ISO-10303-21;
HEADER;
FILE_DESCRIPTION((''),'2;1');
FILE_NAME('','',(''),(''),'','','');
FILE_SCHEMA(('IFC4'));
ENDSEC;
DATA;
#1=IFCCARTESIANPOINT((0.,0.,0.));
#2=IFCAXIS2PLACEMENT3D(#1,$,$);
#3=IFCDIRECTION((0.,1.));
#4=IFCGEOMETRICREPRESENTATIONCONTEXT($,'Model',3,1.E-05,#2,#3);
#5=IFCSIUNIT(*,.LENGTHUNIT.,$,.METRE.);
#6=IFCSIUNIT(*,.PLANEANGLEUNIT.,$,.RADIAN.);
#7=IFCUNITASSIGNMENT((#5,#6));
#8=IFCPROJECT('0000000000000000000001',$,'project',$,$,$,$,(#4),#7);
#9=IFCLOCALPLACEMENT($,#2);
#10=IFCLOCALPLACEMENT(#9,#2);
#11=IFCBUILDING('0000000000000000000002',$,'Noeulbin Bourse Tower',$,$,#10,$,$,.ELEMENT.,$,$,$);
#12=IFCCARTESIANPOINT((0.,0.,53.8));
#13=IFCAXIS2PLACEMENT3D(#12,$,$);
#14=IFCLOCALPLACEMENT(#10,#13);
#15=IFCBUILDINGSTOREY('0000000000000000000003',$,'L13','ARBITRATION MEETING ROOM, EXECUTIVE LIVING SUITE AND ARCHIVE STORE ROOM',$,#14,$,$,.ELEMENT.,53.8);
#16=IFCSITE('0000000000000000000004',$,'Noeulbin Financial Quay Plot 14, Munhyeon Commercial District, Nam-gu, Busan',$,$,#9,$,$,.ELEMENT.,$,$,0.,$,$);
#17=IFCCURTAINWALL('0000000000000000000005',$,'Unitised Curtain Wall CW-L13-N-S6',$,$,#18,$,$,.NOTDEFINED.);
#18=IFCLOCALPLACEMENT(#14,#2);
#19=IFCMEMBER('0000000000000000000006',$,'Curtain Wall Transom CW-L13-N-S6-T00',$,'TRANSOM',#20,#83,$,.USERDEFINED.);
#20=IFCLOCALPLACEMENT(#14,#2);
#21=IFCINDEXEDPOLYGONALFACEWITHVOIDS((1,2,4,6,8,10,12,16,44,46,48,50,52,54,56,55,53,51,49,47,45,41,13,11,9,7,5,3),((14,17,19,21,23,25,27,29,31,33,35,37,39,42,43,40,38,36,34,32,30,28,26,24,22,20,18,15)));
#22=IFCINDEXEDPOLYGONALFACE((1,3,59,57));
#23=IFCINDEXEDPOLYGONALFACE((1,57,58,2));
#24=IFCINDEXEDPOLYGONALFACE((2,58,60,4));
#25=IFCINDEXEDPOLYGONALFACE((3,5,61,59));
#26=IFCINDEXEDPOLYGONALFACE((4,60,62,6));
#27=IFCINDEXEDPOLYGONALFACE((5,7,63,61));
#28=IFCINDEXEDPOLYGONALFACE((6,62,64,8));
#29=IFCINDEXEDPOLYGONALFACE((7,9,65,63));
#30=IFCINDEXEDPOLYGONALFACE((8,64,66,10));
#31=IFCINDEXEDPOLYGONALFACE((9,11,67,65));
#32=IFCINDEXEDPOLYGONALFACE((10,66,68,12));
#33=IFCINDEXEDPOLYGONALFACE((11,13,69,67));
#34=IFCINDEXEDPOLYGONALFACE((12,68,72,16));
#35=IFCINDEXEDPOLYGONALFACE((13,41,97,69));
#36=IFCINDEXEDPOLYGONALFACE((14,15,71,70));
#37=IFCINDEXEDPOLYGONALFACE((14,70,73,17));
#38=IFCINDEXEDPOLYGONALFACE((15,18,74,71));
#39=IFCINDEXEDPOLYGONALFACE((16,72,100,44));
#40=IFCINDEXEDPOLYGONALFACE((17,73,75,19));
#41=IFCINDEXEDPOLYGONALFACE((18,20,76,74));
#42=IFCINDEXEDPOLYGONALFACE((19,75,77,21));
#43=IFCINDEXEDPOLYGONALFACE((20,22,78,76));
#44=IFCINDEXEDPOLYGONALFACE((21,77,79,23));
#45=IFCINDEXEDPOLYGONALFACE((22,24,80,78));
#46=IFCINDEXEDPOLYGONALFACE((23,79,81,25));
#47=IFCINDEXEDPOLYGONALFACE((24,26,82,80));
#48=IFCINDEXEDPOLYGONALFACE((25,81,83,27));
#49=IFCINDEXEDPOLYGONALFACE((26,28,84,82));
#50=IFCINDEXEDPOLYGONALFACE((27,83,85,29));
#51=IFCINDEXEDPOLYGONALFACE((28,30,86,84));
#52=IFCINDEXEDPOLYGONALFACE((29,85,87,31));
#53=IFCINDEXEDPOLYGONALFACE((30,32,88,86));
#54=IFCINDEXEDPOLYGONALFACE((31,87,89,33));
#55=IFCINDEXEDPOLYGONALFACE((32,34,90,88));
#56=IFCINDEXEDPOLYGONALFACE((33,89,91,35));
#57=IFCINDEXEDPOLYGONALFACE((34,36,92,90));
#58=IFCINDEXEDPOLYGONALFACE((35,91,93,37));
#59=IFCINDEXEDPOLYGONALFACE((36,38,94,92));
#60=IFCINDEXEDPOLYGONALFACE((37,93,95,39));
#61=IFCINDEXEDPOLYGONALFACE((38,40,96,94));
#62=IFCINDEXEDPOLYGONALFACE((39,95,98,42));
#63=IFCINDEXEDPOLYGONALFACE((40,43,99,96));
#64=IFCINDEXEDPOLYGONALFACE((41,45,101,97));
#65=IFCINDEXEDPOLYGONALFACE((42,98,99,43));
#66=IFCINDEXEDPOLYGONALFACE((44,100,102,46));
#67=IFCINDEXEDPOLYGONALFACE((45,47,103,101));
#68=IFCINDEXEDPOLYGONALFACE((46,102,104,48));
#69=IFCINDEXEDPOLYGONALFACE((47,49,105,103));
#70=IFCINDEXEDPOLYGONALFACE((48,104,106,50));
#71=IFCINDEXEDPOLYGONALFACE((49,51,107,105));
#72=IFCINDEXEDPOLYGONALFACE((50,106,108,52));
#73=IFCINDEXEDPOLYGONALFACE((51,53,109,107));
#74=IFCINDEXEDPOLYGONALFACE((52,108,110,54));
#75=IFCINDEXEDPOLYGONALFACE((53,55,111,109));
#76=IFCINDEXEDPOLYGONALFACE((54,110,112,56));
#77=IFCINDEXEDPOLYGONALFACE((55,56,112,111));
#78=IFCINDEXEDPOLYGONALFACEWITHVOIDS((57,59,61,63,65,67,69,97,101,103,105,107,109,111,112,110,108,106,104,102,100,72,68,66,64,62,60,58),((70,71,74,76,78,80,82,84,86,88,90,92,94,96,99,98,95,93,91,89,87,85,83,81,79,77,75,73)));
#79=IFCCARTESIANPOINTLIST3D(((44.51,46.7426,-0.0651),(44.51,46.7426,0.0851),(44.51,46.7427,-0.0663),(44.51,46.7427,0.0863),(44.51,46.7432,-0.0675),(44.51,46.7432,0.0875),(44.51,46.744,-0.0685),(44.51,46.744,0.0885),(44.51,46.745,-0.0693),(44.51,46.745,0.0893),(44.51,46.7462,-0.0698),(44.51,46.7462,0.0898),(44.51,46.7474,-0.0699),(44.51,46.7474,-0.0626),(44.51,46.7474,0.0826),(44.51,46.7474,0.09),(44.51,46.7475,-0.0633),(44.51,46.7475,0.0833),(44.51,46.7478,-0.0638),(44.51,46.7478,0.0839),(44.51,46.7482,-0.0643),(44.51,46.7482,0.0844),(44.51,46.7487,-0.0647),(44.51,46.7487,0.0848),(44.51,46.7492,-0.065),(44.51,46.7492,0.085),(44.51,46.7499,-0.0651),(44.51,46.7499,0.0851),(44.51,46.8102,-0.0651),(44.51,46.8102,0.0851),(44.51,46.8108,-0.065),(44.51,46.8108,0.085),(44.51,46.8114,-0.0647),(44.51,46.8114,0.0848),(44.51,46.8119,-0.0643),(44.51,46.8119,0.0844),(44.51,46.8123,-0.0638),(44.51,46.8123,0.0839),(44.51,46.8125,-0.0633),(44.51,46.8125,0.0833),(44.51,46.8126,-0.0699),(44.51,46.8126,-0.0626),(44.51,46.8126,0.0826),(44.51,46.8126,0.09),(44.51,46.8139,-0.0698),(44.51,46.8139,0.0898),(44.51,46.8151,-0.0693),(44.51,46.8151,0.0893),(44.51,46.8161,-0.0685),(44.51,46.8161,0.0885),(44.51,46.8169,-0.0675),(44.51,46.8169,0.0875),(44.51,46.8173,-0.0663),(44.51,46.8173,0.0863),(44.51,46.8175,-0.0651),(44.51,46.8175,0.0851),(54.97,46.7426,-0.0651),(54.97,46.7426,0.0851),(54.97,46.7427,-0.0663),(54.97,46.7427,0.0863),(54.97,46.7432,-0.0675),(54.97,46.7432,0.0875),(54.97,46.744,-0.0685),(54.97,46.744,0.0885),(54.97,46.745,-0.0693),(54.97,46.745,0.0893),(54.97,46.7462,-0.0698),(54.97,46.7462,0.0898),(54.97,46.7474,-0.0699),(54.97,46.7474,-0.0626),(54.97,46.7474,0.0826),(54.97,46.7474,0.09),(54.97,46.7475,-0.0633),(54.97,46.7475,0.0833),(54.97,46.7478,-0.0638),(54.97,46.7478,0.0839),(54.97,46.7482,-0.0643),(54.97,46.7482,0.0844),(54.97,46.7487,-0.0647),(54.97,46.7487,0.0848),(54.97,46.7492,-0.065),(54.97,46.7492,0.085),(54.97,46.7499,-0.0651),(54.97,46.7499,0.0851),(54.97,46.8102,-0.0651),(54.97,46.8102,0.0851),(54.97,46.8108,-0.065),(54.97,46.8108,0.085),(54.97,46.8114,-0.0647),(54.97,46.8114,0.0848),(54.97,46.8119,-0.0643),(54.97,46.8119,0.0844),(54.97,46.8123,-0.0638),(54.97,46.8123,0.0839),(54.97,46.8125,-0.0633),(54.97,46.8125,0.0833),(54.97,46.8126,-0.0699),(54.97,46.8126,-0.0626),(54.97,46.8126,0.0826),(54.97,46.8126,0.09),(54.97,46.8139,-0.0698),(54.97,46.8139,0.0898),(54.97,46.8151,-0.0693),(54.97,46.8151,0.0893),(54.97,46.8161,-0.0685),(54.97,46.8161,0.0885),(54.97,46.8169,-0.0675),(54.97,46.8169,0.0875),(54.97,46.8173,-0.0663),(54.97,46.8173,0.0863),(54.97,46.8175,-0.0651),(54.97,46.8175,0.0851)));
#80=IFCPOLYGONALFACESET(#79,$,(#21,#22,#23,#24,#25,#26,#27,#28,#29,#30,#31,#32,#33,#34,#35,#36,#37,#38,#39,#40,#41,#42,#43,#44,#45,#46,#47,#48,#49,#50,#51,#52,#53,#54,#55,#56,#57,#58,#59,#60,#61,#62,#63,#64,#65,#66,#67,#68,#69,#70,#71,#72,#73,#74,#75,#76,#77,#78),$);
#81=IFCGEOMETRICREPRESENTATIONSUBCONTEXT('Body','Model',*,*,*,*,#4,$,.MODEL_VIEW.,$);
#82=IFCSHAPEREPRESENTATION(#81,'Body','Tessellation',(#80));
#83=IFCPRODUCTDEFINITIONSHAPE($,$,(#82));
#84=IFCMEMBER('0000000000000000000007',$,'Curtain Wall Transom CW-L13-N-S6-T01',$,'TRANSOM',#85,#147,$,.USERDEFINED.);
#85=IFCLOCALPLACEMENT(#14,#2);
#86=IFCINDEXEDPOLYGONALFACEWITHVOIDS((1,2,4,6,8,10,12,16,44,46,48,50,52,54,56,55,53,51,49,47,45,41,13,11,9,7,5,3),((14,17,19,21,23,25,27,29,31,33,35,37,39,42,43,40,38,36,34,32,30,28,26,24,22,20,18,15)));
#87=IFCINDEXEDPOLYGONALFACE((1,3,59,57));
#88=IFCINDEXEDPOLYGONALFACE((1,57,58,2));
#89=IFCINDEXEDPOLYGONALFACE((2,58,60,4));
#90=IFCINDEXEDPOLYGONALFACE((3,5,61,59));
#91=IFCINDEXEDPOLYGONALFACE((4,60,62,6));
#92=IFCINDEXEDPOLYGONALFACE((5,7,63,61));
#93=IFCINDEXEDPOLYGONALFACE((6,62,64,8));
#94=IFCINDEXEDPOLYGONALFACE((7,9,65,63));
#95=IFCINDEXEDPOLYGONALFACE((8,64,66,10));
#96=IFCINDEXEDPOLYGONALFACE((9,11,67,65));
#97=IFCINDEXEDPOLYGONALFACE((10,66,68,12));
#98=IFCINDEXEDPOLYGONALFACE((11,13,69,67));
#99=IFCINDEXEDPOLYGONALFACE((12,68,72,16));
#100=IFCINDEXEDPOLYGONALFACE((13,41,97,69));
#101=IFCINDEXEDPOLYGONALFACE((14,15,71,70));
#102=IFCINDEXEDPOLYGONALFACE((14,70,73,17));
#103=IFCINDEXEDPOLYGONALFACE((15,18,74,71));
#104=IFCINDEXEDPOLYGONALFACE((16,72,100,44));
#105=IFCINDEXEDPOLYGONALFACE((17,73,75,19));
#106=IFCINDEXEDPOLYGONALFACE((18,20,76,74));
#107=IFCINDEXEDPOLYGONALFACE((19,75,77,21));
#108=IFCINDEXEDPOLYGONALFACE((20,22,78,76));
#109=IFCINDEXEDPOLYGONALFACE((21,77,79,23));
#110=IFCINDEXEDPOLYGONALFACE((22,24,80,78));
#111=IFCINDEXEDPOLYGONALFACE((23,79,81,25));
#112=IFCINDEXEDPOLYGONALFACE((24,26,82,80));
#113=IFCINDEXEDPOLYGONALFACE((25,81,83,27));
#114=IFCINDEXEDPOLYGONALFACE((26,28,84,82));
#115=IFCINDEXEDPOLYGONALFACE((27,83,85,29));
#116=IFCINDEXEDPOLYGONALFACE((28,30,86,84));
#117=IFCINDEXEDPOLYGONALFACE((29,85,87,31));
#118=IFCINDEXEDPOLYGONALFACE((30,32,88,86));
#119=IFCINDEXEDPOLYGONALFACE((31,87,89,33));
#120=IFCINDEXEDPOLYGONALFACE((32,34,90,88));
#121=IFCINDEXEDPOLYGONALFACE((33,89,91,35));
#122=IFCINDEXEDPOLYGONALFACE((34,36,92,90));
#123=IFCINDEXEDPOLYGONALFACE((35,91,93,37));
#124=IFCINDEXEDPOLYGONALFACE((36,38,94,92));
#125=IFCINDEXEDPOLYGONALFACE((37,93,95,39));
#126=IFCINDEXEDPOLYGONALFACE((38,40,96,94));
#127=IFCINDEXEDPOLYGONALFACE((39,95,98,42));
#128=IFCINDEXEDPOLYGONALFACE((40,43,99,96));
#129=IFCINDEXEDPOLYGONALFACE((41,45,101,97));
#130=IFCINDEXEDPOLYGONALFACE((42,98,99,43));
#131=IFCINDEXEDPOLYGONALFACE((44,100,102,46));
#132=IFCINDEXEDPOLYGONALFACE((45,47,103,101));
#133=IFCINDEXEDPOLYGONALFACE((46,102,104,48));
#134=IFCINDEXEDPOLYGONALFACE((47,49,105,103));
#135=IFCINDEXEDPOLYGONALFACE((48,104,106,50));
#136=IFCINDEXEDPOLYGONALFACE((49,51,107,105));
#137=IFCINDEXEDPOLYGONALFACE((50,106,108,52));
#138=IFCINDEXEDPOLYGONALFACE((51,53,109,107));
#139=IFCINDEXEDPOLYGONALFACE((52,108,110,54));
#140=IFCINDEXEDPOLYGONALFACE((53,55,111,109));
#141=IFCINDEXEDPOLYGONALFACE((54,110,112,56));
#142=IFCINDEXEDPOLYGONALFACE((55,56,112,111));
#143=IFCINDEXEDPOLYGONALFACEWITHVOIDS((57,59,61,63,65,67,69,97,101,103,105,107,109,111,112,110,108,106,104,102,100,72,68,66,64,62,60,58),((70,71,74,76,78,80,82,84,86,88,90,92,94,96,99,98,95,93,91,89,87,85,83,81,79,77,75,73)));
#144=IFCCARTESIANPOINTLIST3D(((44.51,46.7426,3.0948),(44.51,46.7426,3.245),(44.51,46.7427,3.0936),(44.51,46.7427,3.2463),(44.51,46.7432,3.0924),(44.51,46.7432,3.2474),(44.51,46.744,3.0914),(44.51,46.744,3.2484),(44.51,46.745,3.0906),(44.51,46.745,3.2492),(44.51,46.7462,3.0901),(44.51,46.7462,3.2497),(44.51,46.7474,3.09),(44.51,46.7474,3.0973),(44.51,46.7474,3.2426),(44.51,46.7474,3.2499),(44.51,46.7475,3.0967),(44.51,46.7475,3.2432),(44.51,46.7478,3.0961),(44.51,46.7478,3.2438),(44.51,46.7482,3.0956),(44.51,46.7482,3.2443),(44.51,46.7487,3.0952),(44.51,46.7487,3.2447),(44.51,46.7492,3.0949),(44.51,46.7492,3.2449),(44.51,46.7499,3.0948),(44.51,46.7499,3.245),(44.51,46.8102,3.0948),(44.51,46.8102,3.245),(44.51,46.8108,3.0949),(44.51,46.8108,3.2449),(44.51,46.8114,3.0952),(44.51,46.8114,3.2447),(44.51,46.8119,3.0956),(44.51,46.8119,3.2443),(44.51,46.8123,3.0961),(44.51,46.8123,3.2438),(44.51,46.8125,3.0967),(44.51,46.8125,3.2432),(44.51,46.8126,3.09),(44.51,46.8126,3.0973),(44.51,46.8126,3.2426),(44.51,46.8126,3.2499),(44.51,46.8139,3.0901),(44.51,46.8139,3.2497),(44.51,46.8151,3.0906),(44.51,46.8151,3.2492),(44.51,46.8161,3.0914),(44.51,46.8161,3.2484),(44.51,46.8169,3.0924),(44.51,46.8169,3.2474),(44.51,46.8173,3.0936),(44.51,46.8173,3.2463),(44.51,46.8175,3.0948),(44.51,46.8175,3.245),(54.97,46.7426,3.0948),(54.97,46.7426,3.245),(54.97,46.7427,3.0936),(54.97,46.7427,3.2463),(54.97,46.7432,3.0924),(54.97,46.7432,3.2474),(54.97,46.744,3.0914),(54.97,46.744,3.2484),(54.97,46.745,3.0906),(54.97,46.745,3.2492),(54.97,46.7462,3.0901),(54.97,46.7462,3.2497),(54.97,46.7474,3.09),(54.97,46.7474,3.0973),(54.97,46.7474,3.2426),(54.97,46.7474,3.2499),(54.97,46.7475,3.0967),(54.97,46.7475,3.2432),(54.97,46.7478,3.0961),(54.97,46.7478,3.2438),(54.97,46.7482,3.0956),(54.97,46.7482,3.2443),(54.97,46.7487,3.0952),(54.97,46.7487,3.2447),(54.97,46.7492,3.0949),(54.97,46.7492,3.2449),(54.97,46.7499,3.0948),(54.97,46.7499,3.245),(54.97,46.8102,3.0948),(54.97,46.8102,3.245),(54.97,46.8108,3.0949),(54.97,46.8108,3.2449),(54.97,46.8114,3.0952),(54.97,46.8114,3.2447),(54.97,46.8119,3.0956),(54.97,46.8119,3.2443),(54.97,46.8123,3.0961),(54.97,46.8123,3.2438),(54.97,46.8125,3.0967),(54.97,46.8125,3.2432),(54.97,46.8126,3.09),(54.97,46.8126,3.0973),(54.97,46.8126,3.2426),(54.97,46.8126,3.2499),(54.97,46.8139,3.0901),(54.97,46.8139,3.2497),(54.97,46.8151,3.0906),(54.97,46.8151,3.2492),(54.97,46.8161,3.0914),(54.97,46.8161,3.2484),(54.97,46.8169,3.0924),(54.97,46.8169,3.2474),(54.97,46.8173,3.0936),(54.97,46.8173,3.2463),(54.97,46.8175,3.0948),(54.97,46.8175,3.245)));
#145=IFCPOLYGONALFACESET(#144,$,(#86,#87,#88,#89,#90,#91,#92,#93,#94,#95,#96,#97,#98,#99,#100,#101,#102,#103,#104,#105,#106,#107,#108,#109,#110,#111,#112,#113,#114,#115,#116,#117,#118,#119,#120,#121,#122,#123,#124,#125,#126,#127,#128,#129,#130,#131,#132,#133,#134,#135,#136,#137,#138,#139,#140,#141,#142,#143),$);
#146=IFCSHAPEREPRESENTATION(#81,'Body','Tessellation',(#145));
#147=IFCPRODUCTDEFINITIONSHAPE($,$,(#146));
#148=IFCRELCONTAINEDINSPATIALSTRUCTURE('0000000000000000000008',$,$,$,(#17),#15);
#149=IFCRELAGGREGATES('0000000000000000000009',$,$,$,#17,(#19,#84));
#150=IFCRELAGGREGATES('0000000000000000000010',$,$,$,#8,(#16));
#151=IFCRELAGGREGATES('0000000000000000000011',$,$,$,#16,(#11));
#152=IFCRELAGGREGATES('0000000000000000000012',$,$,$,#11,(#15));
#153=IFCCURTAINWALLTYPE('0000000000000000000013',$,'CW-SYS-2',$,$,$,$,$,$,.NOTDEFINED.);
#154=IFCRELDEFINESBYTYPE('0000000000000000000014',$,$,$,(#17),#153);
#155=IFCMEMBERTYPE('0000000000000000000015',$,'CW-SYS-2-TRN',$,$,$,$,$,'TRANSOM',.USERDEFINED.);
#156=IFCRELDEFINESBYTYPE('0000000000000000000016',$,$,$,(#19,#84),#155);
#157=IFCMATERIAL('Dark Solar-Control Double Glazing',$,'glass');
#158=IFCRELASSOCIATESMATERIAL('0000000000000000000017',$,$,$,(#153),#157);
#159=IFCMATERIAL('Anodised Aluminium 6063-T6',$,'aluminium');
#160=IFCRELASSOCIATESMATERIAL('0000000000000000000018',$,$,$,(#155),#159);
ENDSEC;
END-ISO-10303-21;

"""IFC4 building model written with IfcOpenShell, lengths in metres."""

from ifc_helpers import new_model, si_unit, direction, frame, origin, origin_2d, place, context, subcontext, project, spatial, hollow_rectangle, extrude, material, material_profile, profile_set, type_object, element, aggregate, save


model = new_model("IFC4")

# Units and contexts
model_context = context("Model", 3, precision=1e-05, world=origin(), true_north=direction((0.0, 1.0)))
body_context = subcontext(model_context, "Body", "Model", "MODEL_VIEW")
ifc_project = project(units=[si_unit("LENGTHUNIT", "METRE"), si_unit("PLANEANGLEUNIT", "RADIAN")], contexts=[model_context])

# Site, building, storey
site_placement = place(None, origin())
site = spatial("IfcSite", under=ifc_project, at=site_placement, Name="Noeulbin Financial Quay Plot 14, Munhyeon Commercial District, Nam-gu, Busan", CompositionType="ELEMENT", RefElevation=0.0)
building_placement = place(site_placement, origin())
building = spatial("IfcBuilding", under=site, at=building_placement, Name="Noeulbin Bourse Tower", CompositionType="ELEMENT")
storey_placement = place(building_placement, frame((0.0, 0.0, 53.8)))
storey = spatial("IfcBuildingStorey", under=building, at=storey_placement, Name="L13", Description="ARBITRATION MEETING ROOM, EXECUTIVE LIVING SUITE AND ARCHIVE STORE ROOM", CompositionType="ELEMENT", Elevation=53.8)

# Shared definitions
ifc_material_1 = material(Name="Dark Solar-Control Double Glazing", Category="glass")
curtain_wall_type = type_object("IfcCurtainWallType", Name="CW-SYS-2", PredefinedType="NOTDEFINED", material=ifc_material_1)
ifc_material_2 = material(Name="Anodised Aluminium 6063-T6", Category="aluminium")

# Curtain wall
curtain_wall_1_placement = place(storey_placement, origin())
curtain_wall_1 = element("IfcCurtainWall", 1, at=curtain_wall_1_placement, inside=storey, type_object=curtain_wall_type, Name="Unitised Curtain Wall CW-L13-N-S6", PredefinedType="NOTDEFINED")

# Members
ifc_material_profile_1 = material_profile(ifc_material_2, hollow_rectangle(XDim=0.075, YDim=0.1599, WallThickness=0.0049, InnerFilletRadius=0.0024, OuterFilletRadius=0.0049, at=origin_2d()), Name="ALU-TRAN-75x160x5", Category="LoadBearing")
ifc_profile_set_1 = profile_set([ifc_material_profile_1], Name="Anodised Aluminium 6063-T6")
member_type_1 = type_object("IfcMemberType", Name="CW-SYS-2-TRN", ElementType="TRANSOM", PredefinedType="USERDEFINED", material=ifc_profile_set_1)
member_1_placement = place(storey_placement, frame((44.51, 46.78, 0.01), z_axis=(1.0, 0.0, 0.0), x_axis=(0.0, 1.0, 0.0)))
member_1 = element("IfcMember", 2, at=member_1_placement, type_object=member_type_1, Name="Curtain Wall Transom CW-L13-N-S6-T00", ObjectType="TRANSOM", PredefinedType="USERDEFINED", context=body_context, shape_type="SweptSolid", body=[
    extrude(hollow_rectangle(XDim=0.075, YDim=0.1599, WallThickness=0.0049, InnerFilletRadius=0.0024, OuterFilletRadius=0.0049, at=origin_2d()), origin(), (0.0, 0.0, 1.0), 10.46),
])
member_2_placement = place(storey_placement, frame((44.51, 46.78, 3.1699), z_axis=(1.0, 0.0, 0.0), x_axis=(0.0, 1.0, 0.0)))
member_2 = element("IfcMember", 3, at=member_2_placement, type_object=member_type_1, Name="Curtain Wall Transom CW-L13-N-S6-T01", ObjectType="TRANSOM", PredefinedType="USERDEFINED", context=body_context, shape_type="SweptSolid", body=[
    extrude(hollow_rectangle(XDim=0.075, YDim=0.1599, WallThickness=0.0049, InnerFilletRadius=0.0024, OuterFilletRadius=0.0049, at=origin_2d()), origin(), (0.0, 0.0, 1.0), 10.46),
])

aggregate(curtain_wall_1, [member_1, member_2])

save(model, "model.ifc")
